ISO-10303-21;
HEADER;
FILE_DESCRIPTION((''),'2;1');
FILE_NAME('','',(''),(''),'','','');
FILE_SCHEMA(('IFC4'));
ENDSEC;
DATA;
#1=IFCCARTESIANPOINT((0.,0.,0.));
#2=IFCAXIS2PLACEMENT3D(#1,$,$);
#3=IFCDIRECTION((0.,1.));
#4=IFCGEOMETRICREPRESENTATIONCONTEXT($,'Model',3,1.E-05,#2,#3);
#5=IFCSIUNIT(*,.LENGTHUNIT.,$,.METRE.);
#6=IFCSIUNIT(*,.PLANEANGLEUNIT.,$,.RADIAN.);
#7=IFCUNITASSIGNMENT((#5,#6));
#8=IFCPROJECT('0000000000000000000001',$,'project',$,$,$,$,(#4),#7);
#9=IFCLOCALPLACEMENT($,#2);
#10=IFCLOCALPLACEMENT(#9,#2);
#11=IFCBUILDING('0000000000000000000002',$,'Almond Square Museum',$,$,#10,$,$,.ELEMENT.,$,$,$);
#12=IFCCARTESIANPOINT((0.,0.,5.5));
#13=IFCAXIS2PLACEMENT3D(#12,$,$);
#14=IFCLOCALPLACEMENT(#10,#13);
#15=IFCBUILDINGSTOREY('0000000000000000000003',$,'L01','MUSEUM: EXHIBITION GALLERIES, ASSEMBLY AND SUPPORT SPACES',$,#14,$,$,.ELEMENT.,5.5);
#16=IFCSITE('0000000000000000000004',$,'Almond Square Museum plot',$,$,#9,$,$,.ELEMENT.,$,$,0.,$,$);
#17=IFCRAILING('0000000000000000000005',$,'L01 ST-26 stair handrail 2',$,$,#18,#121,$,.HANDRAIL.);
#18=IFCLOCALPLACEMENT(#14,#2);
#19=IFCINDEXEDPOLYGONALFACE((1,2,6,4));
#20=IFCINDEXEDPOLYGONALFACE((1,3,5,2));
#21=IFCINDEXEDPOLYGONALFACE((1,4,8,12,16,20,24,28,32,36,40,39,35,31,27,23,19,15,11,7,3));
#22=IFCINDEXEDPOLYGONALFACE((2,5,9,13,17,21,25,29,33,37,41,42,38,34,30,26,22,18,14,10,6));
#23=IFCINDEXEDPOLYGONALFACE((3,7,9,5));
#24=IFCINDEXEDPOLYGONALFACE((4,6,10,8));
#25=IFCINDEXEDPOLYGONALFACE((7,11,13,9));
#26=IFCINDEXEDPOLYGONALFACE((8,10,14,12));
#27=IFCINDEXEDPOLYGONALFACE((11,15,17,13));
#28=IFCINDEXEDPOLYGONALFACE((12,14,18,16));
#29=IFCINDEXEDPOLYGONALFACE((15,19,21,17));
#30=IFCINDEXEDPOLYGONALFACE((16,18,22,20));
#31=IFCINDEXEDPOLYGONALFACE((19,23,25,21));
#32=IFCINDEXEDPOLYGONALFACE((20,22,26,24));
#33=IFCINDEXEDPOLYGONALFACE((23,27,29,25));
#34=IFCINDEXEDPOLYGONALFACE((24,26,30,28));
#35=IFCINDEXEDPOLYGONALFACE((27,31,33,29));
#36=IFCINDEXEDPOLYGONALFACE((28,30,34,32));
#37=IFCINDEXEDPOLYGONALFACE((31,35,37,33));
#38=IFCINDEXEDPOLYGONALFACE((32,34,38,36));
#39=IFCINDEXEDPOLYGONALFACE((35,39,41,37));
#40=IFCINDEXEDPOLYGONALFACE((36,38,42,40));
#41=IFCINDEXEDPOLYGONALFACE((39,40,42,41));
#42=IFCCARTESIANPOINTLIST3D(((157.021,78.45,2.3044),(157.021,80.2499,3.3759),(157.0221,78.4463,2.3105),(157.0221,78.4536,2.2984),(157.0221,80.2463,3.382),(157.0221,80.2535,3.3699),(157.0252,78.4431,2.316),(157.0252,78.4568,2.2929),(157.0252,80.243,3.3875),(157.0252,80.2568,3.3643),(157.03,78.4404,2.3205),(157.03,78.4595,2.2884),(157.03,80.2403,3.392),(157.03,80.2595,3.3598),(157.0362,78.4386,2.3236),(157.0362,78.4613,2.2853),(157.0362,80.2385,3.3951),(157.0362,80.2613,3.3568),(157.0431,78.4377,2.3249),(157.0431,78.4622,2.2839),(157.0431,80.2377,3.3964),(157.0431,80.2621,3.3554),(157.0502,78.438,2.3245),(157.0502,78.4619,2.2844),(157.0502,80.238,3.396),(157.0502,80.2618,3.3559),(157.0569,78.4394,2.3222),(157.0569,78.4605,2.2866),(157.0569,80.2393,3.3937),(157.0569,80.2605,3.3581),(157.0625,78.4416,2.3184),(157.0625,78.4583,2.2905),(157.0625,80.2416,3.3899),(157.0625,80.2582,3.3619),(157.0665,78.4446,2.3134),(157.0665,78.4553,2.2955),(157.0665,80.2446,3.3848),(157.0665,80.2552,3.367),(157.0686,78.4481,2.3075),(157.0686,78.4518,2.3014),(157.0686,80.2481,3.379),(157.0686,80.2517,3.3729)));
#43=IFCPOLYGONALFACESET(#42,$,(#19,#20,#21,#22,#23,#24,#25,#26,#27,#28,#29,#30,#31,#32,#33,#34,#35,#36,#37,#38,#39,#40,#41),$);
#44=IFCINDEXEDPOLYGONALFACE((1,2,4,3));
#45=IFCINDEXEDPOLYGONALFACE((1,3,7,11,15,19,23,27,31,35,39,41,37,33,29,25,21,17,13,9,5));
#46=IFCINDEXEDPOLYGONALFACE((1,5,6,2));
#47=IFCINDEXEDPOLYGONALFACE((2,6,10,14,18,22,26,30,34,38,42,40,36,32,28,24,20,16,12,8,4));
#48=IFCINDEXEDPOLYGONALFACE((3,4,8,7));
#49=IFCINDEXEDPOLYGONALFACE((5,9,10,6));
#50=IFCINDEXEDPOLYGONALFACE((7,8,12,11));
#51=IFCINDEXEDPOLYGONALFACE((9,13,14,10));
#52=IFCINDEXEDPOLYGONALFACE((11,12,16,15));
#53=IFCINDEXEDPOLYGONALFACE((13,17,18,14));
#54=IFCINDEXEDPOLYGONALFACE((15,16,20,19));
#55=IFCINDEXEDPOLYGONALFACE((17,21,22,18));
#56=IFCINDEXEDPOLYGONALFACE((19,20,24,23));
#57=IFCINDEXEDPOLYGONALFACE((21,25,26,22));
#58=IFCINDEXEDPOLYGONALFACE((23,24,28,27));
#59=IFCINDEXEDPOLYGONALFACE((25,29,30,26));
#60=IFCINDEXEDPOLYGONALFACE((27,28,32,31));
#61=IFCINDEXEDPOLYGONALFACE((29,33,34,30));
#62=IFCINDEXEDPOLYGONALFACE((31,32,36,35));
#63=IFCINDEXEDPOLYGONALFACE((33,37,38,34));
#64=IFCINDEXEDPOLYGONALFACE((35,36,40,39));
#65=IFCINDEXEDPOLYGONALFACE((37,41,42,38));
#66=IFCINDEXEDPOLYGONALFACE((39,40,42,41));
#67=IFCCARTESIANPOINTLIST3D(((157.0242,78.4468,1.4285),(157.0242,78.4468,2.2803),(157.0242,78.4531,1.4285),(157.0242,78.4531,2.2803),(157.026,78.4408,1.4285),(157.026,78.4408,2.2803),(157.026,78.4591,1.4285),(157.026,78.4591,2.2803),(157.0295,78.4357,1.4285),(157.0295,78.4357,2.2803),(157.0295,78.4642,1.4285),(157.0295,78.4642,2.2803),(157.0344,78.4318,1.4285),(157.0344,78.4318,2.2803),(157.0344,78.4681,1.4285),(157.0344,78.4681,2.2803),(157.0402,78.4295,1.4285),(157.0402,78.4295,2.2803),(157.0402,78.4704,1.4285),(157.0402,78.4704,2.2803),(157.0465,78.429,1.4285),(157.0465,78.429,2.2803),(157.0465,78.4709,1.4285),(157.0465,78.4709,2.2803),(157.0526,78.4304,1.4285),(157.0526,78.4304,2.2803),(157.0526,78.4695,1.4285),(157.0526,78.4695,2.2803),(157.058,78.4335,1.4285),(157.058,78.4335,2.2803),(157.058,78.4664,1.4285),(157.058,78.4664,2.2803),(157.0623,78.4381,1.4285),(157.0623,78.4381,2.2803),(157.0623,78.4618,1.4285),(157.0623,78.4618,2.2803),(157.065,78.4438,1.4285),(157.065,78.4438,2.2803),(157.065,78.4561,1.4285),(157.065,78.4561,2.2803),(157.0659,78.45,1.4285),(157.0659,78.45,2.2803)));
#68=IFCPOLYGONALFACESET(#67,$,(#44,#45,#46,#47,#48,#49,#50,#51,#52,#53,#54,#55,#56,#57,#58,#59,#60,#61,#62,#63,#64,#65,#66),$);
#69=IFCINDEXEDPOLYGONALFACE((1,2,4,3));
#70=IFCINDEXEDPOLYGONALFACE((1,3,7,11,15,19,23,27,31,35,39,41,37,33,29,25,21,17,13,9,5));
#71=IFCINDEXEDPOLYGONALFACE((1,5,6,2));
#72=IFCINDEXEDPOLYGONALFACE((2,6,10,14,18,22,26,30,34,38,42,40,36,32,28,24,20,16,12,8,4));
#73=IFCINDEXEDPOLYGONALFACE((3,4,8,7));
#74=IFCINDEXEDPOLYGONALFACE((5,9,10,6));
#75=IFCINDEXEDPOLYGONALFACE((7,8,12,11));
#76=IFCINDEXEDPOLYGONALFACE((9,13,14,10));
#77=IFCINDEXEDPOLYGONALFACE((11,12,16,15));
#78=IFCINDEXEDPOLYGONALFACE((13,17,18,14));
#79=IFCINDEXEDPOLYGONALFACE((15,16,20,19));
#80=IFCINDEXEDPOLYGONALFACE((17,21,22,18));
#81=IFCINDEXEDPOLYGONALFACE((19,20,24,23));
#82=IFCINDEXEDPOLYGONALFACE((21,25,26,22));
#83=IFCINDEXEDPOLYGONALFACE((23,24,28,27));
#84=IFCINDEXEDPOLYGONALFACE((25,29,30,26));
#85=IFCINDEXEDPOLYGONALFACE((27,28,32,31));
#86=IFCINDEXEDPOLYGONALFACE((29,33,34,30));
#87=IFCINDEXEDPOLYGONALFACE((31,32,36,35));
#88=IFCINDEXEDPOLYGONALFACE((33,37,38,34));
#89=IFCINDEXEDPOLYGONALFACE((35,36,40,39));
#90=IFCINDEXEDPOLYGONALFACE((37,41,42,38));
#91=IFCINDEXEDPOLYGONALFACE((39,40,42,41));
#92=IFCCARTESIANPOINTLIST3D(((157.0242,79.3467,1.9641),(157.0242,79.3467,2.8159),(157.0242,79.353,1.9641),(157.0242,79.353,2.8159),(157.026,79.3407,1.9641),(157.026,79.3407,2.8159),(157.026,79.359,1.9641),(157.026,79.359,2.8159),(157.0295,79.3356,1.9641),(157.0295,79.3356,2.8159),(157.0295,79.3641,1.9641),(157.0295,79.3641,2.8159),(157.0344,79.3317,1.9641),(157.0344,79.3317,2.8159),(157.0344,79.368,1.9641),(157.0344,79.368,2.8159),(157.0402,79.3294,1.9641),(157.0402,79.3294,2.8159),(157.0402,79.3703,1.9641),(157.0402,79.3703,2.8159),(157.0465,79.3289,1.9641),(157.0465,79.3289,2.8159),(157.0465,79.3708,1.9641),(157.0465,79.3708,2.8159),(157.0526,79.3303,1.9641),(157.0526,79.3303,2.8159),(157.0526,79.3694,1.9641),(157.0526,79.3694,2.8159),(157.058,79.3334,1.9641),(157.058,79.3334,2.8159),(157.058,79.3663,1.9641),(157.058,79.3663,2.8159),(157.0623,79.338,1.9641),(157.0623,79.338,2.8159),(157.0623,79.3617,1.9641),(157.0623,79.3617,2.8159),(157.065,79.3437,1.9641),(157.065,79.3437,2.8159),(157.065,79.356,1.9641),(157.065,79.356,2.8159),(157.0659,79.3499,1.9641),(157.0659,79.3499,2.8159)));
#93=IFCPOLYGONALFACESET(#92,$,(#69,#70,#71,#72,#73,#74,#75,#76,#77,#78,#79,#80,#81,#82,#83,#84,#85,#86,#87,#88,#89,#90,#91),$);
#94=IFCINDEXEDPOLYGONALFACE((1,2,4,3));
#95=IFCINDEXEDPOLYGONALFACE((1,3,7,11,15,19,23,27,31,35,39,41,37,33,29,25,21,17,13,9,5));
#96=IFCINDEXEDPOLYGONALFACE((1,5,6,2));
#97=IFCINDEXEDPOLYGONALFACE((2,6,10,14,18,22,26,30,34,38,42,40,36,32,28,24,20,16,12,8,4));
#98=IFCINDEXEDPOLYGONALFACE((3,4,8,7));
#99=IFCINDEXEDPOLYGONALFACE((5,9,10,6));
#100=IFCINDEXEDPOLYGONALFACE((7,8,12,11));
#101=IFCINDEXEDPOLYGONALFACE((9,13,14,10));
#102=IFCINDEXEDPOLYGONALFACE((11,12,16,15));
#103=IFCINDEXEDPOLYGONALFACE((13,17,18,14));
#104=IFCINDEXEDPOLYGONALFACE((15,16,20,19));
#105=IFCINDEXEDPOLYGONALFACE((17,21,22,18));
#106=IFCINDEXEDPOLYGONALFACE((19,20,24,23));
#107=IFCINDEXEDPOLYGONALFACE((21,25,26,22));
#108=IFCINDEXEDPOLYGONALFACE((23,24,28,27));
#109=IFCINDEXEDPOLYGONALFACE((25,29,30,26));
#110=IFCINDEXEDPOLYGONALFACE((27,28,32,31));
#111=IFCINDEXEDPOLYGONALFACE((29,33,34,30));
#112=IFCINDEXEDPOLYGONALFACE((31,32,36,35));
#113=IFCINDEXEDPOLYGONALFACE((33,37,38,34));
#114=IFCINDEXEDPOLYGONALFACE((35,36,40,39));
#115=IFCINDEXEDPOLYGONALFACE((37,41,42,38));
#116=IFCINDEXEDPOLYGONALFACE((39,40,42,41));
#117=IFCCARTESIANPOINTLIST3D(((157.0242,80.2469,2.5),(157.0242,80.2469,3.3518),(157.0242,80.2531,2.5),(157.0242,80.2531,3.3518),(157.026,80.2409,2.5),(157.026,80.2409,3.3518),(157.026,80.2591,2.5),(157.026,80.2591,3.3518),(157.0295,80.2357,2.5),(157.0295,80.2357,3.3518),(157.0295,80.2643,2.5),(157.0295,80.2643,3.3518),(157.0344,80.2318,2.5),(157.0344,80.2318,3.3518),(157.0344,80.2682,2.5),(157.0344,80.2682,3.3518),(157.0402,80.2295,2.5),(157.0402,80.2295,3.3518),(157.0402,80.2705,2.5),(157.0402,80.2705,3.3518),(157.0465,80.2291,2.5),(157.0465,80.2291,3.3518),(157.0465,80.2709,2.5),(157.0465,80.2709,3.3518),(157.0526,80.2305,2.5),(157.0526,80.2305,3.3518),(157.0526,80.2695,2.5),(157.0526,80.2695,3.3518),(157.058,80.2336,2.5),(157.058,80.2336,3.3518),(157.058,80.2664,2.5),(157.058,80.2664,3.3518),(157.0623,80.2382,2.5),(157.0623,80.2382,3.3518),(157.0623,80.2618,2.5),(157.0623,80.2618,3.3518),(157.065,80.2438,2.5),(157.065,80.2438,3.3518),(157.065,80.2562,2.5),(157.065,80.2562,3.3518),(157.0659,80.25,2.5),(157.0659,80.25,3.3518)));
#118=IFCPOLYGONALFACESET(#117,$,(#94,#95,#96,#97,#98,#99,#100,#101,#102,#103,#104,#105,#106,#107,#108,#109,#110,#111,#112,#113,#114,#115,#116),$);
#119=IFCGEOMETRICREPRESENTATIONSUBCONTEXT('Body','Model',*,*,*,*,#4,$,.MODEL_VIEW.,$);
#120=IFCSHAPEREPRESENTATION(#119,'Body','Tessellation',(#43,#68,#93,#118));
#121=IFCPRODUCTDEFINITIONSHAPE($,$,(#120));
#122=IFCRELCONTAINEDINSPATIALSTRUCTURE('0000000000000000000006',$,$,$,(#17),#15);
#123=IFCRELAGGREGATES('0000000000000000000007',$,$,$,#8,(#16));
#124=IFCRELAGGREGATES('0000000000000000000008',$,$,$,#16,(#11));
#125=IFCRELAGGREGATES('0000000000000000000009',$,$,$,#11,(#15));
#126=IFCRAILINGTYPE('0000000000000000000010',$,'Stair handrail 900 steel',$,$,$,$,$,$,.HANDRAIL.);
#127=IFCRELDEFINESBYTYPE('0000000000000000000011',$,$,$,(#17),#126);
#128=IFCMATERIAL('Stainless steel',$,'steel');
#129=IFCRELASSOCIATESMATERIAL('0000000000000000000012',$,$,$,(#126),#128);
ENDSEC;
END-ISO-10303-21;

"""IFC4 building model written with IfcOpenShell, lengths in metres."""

from ifc_helpers import new_model, si_unit, direction, frame, origin, origin_2d, place, context, subcontext, project, spatial, circle, extrude, material, type_object, element, save


model = new_model("IFC4")

# Units and contexts
model_context = context("Model", 3, precision=1e-05, world=origin(), true_north=direction((0.0, 1.0)))
body_context = subcontext(model_context, "Body", "Model", "MODEL_VIEW")
ifc_project = project(units=[si_unit("LENGTHUNIT", "METRE"), si_unit("PLANEANGLEUNIT", "RADIAN")], contexts=[model_context])

# Site, building, storey
site_placement = place(None, origin())
site = spatial("IfcSite", under=ifc_project, at=site_placement, Name="Almond Square Museum plot", CompositionType="ELEMENT", RefElevation=0.0)
building_placement = place(site_placement, origin())
building = spatial("IfcBuilding", under=site, at=building_placement, Name="Almond Square Museum", CompositionType="ELEMENT")
storey_placement = place(building_placement, frame((0.0, 0.0, 5.5)))
storey = spatial("IfcBuildingStorey", under=building, at=storey_placement, Name="L01", Description="MUSEUM: EXHIBITION GALLERIES, ASSEMBLY AND SUPPORT SPACES", CompositionType="ELEMENT", Elevation=5.5)

# Railing
ifc_material_1 = material(Name="Stainless steel", Category="steel")
railing_type_1 = type_object("IfcRailingType", Name="Stair handrail 900 steel", PredefinedType="HANDRAIL", material=ifc_material_1)
railing_1_placement = place(storey_placement, frame((157.0449, 78.45, 1.4285)))
element("IfcRailing", 1, at=railing_1_placement, inside=storey, type_object=railing_type_1, Name="L01 ST-26 stair handrail 2", PredefinedType="HANDRAIL", context=body_context, shape_type="SweptSolid", body=[
    extrude(circle(Radius=0.0239, at=origin_2d()), frame((0.0, 0.0, 0.876), z_axis=(0.0, 0.859277, 0.51151), x_axis=(-1.0, 0.0, 0.0)), (0.0, 0.0, 1.0), 2.0947),
    extrude(circle(Radius=0.021, at=origin_2d()), origin(), (0.0, 0.0, 1.0), 0.8518),
    extrude(circle(Radius=0.021, at=origin_2d()), frame((0.0, 0.8999, 0.5356)), (0.0, 0.0, 1.0), 0.8518),
    extrude(circle(Radius=0.021, at=origin_2d()), frame((0.0, 1.8, 1.0715)), (0.0, 0.0, 1.0), 0.8518),
])

save(model, "model.ifc")
